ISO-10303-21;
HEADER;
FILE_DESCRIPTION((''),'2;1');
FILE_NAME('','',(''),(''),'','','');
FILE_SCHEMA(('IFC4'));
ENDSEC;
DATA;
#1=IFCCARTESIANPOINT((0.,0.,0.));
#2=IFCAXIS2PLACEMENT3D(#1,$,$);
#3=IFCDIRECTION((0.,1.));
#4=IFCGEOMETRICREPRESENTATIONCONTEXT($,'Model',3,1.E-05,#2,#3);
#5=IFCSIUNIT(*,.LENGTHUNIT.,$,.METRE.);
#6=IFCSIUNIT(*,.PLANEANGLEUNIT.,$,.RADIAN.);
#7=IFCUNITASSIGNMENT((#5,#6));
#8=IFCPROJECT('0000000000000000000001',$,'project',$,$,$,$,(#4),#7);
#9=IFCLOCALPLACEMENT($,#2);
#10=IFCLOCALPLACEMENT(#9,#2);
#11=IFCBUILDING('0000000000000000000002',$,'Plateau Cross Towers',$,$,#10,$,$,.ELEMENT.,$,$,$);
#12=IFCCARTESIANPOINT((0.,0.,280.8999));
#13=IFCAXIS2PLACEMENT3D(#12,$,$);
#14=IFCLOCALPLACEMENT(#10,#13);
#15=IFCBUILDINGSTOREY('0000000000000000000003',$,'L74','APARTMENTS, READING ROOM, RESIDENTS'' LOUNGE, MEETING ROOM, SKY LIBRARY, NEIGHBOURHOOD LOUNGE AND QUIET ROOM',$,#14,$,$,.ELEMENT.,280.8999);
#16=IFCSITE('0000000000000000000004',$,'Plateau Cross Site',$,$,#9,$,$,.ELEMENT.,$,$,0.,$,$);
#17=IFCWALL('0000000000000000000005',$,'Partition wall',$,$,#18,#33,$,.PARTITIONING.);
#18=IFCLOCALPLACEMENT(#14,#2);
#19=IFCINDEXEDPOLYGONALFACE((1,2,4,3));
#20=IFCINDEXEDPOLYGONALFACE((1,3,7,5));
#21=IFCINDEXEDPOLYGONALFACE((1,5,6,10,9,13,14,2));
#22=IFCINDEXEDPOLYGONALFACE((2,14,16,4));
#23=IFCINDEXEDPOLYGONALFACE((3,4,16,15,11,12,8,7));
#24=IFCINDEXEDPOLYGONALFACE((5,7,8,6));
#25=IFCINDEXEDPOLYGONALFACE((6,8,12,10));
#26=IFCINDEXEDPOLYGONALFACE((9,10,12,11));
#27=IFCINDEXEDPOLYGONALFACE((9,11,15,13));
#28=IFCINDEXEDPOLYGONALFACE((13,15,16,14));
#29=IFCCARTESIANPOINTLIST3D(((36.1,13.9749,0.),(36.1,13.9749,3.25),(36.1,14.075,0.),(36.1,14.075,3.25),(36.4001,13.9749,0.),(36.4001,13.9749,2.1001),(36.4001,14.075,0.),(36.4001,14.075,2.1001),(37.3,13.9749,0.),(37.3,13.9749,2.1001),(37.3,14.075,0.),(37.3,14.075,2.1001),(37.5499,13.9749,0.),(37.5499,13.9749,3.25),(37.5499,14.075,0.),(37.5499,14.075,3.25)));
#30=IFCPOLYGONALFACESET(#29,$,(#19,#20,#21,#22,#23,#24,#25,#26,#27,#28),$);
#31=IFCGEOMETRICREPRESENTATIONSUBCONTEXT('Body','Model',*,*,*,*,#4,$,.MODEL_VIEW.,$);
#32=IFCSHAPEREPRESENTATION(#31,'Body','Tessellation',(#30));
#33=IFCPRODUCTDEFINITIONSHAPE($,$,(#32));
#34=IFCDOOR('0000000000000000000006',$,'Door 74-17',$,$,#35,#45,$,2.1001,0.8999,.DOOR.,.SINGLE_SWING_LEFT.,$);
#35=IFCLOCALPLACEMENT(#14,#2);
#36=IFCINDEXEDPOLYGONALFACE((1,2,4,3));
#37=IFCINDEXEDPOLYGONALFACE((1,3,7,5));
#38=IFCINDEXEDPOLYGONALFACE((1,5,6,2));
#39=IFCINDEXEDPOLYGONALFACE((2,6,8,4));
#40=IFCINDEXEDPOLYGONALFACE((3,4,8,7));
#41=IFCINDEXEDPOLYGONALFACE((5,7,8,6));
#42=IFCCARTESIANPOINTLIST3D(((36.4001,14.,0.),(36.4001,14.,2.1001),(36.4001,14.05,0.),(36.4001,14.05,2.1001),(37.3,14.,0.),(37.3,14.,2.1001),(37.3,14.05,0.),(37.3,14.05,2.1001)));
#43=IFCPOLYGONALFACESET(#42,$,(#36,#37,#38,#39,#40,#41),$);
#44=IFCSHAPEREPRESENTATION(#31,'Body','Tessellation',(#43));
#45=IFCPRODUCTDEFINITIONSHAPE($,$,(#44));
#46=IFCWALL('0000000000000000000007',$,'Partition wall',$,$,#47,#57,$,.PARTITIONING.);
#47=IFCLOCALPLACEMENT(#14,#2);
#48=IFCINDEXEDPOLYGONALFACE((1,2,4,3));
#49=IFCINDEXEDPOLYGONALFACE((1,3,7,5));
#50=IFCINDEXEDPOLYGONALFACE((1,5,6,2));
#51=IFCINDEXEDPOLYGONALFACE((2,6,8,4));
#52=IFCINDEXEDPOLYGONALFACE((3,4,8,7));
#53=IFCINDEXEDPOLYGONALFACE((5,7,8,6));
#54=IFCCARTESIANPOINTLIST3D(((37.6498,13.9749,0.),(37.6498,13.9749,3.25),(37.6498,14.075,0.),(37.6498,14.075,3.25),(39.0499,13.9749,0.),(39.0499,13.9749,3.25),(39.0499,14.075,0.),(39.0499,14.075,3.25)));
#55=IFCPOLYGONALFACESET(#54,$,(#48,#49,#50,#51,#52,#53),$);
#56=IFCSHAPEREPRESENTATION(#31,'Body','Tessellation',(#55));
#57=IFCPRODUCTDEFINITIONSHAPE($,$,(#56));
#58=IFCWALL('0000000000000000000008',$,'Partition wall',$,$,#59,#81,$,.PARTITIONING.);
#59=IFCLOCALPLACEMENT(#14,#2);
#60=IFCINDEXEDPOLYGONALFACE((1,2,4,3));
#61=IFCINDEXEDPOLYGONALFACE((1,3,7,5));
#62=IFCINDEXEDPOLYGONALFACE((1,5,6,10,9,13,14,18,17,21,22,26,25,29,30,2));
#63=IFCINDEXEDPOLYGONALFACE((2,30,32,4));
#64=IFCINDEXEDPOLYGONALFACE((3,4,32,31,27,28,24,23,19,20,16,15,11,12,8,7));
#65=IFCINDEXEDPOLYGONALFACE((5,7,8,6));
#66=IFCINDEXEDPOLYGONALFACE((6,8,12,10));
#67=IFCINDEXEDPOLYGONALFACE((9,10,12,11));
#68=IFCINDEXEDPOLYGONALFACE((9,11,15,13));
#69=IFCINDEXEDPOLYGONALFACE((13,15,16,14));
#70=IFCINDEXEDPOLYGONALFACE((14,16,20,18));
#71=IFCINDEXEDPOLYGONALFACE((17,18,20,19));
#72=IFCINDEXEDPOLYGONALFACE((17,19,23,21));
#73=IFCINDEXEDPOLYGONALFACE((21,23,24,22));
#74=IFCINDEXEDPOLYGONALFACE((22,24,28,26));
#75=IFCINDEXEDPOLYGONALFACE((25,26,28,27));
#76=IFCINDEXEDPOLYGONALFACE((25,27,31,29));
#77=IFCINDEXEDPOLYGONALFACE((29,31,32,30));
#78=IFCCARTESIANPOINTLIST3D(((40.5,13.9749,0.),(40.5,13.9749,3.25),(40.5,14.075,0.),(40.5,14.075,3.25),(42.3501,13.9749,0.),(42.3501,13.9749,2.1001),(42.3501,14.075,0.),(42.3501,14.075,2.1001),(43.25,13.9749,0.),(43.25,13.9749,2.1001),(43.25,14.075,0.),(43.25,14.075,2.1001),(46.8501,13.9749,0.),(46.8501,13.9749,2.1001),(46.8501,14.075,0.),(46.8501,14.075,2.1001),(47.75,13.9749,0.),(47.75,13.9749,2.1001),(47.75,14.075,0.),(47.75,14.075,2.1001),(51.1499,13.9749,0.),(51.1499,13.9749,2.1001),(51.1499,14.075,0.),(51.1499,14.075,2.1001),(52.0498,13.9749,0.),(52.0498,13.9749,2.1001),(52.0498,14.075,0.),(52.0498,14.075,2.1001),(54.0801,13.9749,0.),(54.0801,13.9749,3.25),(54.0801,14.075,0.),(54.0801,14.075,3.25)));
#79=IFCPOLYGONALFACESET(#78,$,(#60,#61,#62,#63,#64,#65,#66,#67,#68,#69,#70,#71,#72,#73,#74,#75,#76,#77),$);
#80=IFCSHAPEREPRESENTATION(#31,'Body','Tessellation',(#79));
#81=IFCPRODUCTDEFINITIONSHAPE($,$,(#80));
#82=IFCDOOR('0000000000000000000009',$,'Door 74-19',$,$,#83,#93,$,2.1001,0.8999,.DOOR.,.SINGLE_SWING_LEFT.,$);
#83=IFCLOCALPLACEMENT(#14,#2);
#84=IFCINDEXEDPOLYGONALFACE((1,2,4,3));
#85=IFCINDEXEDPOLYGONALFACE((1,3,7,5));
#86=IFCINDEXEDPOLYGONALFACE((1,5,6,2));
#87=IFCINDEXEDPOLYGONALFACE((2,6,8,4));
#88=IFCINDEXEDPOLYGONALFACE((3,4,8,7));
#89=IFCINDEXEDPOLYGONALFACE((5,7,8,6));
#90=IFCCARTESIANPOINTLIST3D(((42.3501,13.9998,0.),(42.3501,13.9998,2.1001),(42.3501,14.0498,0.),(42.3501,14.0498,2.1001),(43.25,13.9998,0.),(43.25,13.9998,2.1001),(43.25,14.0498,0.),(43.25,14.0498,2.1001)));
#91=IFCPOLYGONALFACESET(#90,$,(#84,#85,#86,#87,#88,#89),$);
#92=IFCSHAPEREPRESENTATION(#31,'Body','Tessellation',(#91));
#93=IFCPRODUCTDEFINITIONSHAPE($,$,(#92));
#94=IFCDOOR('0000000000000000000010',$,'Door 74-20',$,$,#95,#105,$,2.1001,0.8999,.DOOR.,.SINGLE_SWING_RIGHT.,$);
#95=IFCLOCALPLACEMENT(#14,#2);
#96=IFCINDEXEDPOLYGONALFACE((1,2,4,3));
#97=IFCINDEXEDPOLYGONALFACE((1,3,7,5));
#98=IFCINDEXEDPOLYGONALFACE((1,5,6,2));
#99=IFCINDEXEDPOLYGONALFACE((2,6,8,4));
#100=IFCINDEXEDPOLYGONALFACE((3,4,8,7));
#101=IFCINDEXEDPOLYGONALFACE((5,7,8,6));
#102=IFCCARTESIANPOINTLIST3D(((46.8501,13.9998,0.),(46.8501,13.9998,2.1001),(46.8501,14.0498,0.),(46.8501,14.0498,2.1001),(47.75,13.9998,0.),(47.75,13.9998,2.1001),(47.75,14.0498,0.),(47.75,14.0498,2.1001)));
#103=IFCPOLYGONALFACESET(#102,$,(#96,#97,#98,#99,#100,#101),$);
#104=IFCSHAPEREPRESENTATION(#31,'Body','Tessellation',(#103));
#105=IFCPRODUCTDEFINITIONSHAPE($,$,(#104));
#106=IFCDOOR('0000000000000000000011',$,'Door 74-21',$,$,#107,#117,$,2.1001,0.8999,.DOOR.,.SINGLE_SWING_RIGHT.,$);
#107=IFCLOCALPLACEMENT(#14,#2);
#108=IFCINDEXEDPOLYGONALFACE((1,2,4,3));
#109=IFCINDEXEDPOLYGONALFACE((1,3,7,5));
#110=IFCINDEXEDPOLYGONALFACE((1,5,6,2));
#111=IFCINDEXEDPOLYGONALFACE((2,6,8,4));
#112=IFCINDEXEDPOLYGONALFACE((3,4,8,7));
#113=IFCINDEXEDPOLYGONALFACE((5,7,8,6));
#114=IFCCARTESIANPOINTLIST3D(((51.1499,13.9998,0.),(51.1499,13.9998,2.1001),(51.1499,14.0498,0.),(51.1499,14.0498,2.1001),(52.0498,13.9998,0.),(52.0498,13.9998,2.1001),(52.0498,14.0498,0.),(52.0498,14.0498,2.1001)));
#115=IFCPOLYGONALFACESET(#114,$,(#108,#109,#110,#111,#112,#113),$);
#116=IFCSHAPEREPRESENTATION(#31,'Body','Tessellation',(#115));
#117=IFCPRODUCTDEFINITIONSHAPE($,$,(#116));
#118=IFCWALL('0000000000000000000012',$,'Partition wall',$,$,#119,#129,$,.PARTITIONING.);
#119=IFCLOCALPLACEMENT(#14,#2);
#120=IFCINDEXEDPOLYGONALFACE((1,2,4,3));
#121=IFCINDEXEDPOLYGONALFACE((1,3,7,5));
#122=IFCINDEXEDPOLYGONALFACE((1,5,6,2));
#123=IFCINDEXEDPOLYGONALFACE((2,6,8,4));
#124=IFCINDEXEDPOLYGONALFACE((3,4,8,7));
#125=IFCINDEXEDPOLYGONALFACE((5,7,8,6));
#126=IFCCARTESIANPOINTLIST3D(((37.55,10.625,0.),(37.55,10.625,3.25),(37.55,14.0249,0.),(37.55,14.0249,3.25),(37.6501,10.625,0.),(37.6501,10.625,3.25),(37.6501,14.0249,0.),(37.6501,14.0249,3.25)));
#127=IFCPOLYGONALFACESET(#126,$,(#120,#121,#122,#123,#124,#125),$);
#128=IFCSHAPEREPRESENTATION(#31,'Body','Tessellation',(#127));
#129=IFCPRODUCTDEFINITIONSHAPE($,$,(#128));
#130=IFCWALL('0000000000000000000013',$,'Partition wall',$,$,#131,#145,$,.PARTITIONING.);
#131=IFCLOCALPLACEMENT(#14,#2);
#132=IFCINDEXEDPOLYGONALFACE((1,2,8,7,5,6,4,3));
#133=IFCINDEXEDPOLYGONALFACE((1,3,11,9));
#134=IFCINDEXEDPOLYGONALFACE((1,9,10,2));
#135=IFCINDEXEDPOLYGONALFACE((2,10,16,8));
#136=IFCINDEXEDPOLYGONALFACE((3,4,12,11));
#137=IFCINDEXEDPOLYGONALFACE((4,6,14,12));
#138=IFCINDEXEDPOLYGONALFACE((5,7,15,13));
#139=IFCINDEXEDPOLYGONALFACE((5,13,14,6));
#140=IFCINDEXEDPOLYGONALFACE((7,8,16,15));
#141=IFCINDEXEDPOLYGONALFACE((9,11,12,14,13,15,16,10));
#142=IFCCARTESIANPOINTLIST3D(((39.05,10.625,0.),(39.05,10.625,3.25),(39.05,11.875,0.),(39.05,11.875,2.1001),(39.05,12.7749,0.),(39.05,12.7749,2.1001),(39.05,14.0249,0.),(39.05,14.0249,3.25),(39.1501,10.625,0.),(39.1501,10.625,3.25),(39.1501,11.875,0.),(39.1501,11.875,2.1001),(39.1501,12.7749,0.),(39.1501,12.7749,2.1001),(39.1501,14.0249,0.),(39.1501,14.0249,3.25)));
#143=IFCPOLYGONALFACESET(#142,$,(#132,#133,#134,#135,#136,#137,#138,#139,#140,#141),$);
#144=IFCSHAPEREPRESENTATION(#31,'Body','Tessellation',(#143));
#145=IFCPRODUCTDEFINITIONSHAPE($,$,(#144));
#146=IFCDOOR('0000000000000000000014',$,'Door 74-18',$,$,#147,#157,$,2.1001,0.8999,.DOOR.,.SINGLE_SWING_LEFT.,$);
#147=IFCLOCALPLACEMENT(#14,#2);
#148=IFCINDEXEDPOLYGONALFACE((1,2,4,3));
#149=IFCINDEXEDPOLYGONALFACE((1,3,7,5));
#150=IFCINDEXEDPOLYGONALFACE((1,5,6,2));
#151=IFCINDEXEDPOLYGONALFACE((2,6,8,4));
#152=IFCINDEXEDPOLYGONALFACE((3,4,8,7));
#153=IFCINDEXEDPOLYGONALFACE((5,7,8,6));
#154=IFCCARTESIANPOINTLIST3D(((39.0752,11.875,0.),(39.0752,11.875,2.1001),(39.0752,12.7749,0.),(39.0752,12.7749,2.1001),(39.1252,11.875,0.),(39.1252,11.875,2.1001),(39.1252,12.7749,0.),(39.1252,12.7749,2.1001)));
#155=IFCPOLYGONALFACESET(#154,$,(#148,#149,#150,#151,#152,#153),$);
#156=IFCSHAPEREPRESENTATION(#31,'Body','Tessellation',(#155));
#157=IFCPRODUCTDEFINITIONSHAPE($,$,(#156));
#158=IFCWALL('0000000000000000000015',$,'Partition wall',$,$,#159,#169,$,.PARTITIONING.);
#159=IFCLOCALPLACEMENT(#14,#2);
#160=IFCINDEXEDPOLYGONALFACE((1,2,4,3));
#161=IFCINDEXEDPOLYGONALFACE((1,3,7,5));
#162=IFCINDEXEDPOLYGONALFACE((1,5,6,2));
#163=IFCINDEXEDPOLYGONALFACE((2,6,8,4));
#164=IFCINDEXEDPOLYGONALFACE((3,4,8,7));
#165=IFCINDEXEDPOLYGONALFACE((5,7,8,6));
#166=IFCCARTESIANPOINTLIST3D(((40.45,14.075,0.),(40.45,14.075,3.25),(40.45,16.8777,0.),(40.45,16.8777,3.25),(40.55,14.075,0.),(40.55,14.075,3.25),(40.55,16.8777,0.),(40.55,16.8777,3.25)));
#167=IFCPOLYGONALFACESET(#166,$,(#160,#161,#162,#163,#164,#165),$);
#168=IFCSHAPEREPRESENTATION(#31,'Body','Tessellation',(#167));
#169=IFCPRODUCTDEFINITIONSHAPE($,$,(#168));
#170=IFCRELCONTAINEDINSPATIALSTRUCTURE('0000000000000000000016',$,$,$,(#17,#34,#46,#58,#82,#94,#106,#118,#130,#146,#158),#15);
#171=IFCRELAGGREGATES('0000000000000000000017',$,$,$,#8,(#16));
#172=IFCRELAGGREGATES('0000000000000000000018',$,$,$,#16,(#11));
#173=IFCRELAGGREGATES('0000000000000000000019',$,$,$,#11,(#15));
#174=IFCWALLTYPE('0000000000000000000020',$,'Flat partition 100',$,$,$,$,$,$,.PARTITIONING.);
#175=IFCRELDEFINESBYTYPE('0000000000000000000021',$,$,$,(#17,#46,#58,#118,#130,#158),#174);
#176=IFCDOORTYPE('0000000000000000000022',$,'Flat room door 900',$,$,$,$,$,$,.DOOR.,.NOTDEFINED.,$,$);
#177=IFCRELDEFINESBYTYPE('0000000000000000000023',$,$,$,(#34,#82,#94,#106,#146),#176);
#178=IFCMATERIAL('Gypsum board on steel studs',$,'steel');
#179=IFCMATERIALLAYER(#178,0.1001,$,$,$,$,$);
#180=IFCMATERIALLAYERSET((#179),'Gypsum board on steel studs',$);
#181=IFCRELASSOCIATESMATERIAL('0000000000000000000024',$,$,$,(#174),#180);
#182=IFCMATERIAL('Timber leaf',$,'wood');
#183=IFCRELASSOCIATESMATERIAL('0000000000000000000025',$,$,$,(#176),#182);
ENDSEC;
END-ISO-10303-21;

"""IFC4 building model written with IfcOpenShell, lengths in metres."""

from ifc_helpers import new_model, si_unit, direction, frame, frame_2d, origin, place, context, subcontext, project, spatial, rectangle, extrude, material, layer, layer_set, type_object, element, fill, save


model = new_model("IFC4")

# Units and contexts
model_context = context("Model", 3, precision=1e-05, world=origin(), true_north=direction((0.0, 1.0)))
body_context = subcontext(model_context, "Body", "Model", "MODEL_VIEW")
ifc_project = project(units=[si_unit("LENGTHUNIT", "METRE"), si_unit("PLANEANGLEUNIT", "RADIAN")], contexts=[model_context])

# Site, building, storey
site_placement = place(None, origin())
site = spatial("IfcSite", under=ifc_project, at=site_placement, Name="Plateau Cross Site", CompositionType="ELEMENT", RefElevation=0.0)
building_placement = place(site_placement, origin())
building = spatial("IfcBuilding", under=site, at=building_placement, Name="Plateau Cross Towers", CompositionType="ELEMENT")
storey_placement = place(building_placement, frame((0.0, 0.0, 280.8999)))
storey = spatial("IfcBuildingStorey", under=building, at=storey_placement, Name="L74", Description="APARTMENTS, READING ROOM, RESIDENTS' LOUNGE, MEETING ROOM, SKY LIBRARY, NEIGHBOURHOOD LOUNGE AND QUIET ROOM", CompositionType="ELEMENT", Elevation=280.8999)

# Wall, opening, door
ifc_material_1 = material(Name="Gypsum board on steel studs", Category="steel")
ifc_layer_1 = layer(ifc_material_1, 0.1001)
ifc_layer_set_1 = layer_set([ifc_layer_1], Name="Gypsum board on steel studs")
wall_type_1 = type_object("IfcWallType", Name="Flat partition 100", PredefinedType="PARTITIONING", material=ifc_layer_set_1)
wall_1_placement = place(storey_placement, frame((37.55, 14.0249, 0.0), z_axis=(0.0, 0.0, 1.0), x_axis=(-1.0, 0.0, 0.0)))
wall_1 = element("IfcWall", 1, at=wall_1_placement, inside=storey, type_object=wall_type_1, Name="Partition wall", PredefinedType="PARTITIONING", context=body_context, shape_type="SweptSolid", body=[
    extrude(rectangle(XDim=1.45, YDim=0.1001, at=frame_2d((0.7251, 0.0))), origin(), (0.0, 0.0, 1.0), 3.25),
])
opening_1_placement = place(wall_1_placement, frame((0.25, 0.0, 0.0)))
opening_1 = element("IfcOpeningElement", 2, at=opening_1_placement, cuts=wall_1, PredefinedType="OPENING", context=body_context, shape_type="SweptSolid", body=[
    extrude(rectangle(XDim=0.8999, YDim=2.1001, at=frame_2d((0.45, 1.05))), frame((0.0, 0.0601, 0.0), z_axis=(0.0, -1.0, 0.0), x_axis=(1.0, 0.0, 0.0)), (0.0, 0.0, 1.0), 0.1201),
])
ifc_material_2 = material(Name="Timber leaf", Category="wood")
door_type_1 = type_object("IfcDoorType", Name="Flat room door 900", OperationType="NOTDEFINED", PredefinedType="DOOR", material=ifc_material_2)
door_1_placement = place(opening_1_placement, origin())
door_1 = element("IfcDoor", 3, at=door_1_placement, inside=storey, type_object=door_type_1, Name="Door 74-17", OperationType="SINGLE_SWING_LEFT", OverallHeight=2.1001, OverallWidth=0.8999, PredefinedType="DOOR", context=body_context, shape_type="SweptSolid", body=[
    extrude(rectangle(XDim=0.8999, YDim=2.1001, at=frame_2d((0.45, 1.05))), frame((0.0, 0.0249, 0.0), z_axis=(0.0, -1.0, 0.0), x_axis=(1.0, 0.0, 0.0)), (0.0, 0.0, 1.0), 0.05),
])
fill(opening_1, door_1)

# Wall
wall_2_placement = place(storey_placement, frame((39.05, 14.0249, 0.0), z_axis=(0.0, 0.0, 1.0), x_axis=(-1.0, 0.0, 0.0)))
element("IfcWall", 4, at=wall_2_placement, inside=storey, type_object=wall_type_1, Name="Partition wall", PredefinedType="PARTITIONING", context=body_context, shape_type="SweptSolid", body=[
    extrude(rectangle(XDim=1.4001, YDim=0.1001, at=frame_2d((0.7002, 0.0))), origin(), (0.0, 0.0, 1.0), 3.25),
])

# Wall, openings, doors
wall_3_placement = place(storey_placement, frame((40.5, 14.0249, 0.0), z_axis=(0.0, 0.0, 1.0), x_axis=(1.0, 0.0, 0.0)))
wall_3 = element("IfcWall", 5, at=wall_3_placement, inside=storey, type_object=wall_type_1, Name="Partition wall", PredefinedType="PARTITIONING", context=body_context, shape_type="SweptSolid", body=[
    extrude(rectangle(XDim=13.5801, YDim=0.1001, at=frame_2d((6.79, 0.0))), origin(), (0.0, 0.0, 1.0), 3.25),
])
opening_2_placement = place(wall_3_placement, frame((1.8501, 0.0, 0.0)))
opening_2 = element("IfcOpeningElement", 6, at=opening_2_placement, cuts=wall_3, PredefinedType="OPENING", context=body_context, shape_type="SweptSolid", body=[
    extrude(rectangle(XDim=0.8999, YDim=2.1001, at=frame_2d((0.45, 1.05))), frame((0.0, 0.0601, 0.0), z_axis=(0.0, -1.0, 0.0), x_axis=(1.0, 0.0, 0.0)), (0.0, 0.0, 1.0), 0.1201),
])
opening_3_placement = place(wall_3_placement, frame((6.3501, 0.0, 0.0)))
opening_3 = element("IfcOpeningElement", 7, at=opening_3_placement, cuts=wall_3, PredefinedType="OPENING", context=body_context, shape_type="SweptSolid", body=[
    extrude(rectangle(XDim=0.8999, YDim=2.1001, at=frame_2d((0.45, 1.05))), frame((0.0, 0.0601, 0.0), z_axis=(0.0, -1.0, 0.0), x_axis=(1.0, 0.0, 0.0)), (0.0, 0.0, 1.0), 0.1201),
])
opening_4_placement = place(wall_3_placement, frame((10.6499, 0.0, 0.0)))
opening_4 = element("IfcOpeningElement", 8, at=opening_4_placement, cuts=wall_3, PredefinedType="OPENING", context=body_context, shape_type="SweptSolid", body=[
    extrude(rectangle(XDim=0.8999, YDim=2.1001, at=frame_2d((0.45, 1.05))), frame((0.0, 0.0601, 0.0), z_axis=(0.0, -1.0, 0.0), x_axis=(1.0, 0.0, 0.0)), (0.0, 0.0, 1.0), 0.1201),
])
door_2_placement = place(opening_2_placement, origin())
door_2 = element("IfcDoor", 9, at=door_2_placement, inside=storey, type_object=door_type_1, Name="Door 74-19", OperationType="SINGLE_SWING_LEFT", OverallHeight=2.1001, OverallWidth=0.8999, PredefinedType="DOOR", context=body_context, shape_type="SweptSolid", body=[
    extrude(rectangle(XDim=0.8999, YDim=2.1001, at=frame_2d((0.45, 1.05))), frame((0.0, 0.0249, 0.0), z_axis=(0.0, -1.0, 0.0), x_axis=(1.0, 0.0, 0.0)), (0.0, 0.0, 1.0), 0.05),
])
fill(opening_2, door_2)
door_3_placement = place(opening_3_placement, origin())
door_3 = element("IfcDoor", 10, at=door_3_placement, inside=storey, type_object=door_type_1, Name="Door 74-20", OperationType="SINGLE_SWING_RIGHT", OverallHeight=2.1001, OverallWidth=0.8999, PredefinedType="DOOR", context=body_context, shape_type="SweptSolid", body=[
    extrude(rectangle(XDim=0.8999, YDim=2.1001, at=frame_2d((0.45, 1.05))), frame((0.0, 0.0249, 0.0), z_axis=(0.0, -1.0, 0.0), x_axis=(1.0, 0.0, 0.0)), (0.0, 0.0, 1.0), 0.05),
])
fill(opening_3, door_3)
door_4_placement = place(opening_4_placement, origin())
door_4 = element("IfcDoor", 11, at=door_4_placement, inside=storey, type_object=door_type_1, Name="Door 74-21", OperationType="SINGLE_SWING_RIGHT", OverallHeight=2.1001, OverallWidth=0.8999, PredefinedType="DOOR", context=body_context, shape_type="SweptSolid", body=[
    extrude(rectangle(XDim=0.8999, YDim=2.1001, at=frame_2d((0.45, 1.05))), frame((0.0, 0.0249, 0.0), z_axis=(0.0, -1.0, 0.0), x_axis=(1.0, 0.0, 0.0)), (0.0, 0.0, 1.0), 0.05),
])
fill(opening_4, door_4)

# Wall
wall_4_placement = place(storey_placement, frame((37.6001, 10.625, 0.0), z_axis=(0.0, 0.0, 1.0), x_axis=(0.0, 1.0, 0.0)))
element("IfcWall", 12, at=wall_4_placement, inside=storey, type_object=wall_type_1, Name="Partition wall", PredefinedType="PARTITIONING", context=body_context, shape_type="SweptSolid", body=[
    extrude(rectangle(XDim=3.3999, YDim=0.1001, at=frame_2d((1.7, 0.0))), origin(), (0.0, 0.0, 1.0), 3.25),
])

# Wall, opening, door
wall_5_placement = place(storey_placement, frame((39.1001, 10.625, 0.0), z_axis=(0.0, 0.0, 1.0), x_axis=(0.0, 1.0, 0.0)))
wall_5 = element("IfcWall", 13, at=wall_5_placement, inside=storey, type_object=wall_type_1, Name="Partition wall", PredefinedType="PARTITIONING", context=body_context, shape_type="SweptSolid", body=[
    extrude(rectangle(XDim=3.3999, YDim=0.1001, at=frame_2d((1.7, 0.0))), origin(), (0.0, 0.0, 1.0), 3.25),
])
opening_5_placement = place(wall_5_placement, frame((1.25, 0.0, 0.0)))
opening_5 = element("IfcOpeningElement", 14, at=opening_5_placement, cuts=wall_5, PredefinedType="OPENING", context=body_context, shape_type="SweptSolid", body=[
    extrude(rectangle(XDim=0.8999, YDim=2.1001, at=frame_2d((0.45, 1.05))), frame((0.0, 0.0601, 0.0), z_axis=(0.0, -1.0, 0.0), x_axis=(1.0, 0.0, 0.0)), (0.0, 0.0, 1.0), 0.1201),
])
door_5_placement = place(opening_5_placement, origin())
door_5 = element("IfcDoor", 15, at=door_5_placement, inside=storey, type_object=door_type_1, Name="Door 74-18", OperationType="SINGLE_SWING_LEFT", OverallHeight=2.1001, OverallWidth=0.8999, PredefinedType="DOOR", context=body_context, shape_type="SweptSolid", body=[
    extrude(rectangle(XDim=0.8999, YDim=2.1001, at=frame_2d((0.45, 1.05))), frame((0.0, 0.0249, 0.0), z_axis=(0.0, -1.0, 0.0), x_axis=(1.0, 0.0, 0.0)), (0.0, 0.0, 1.0), 0.05),
])
fill(opening_5, door_5)

# Wall
wall_6_placement = place(storey_placement, frame((40.5, 16.8777, 0.0), z_axis=(0.0, 0.0, 1.0), x_axis=(0.0, -1.0, 0.0)))
element("IfcWall", 16, at=wall_6_placement, inside=storey, type_object=wall_type_1, Name="Partition wall", PredefinedType="PARTITIONING", context=body_context, shape_type="SweptSolid", body=[
    extrude(rectangle(XDim=2.8027, YDim=0.1001, at=frame_2d((1.4014, 0.0))), origin(), (0.0, 0.0, 1.0), 3.25),
])

save(model, "model.ifc")
